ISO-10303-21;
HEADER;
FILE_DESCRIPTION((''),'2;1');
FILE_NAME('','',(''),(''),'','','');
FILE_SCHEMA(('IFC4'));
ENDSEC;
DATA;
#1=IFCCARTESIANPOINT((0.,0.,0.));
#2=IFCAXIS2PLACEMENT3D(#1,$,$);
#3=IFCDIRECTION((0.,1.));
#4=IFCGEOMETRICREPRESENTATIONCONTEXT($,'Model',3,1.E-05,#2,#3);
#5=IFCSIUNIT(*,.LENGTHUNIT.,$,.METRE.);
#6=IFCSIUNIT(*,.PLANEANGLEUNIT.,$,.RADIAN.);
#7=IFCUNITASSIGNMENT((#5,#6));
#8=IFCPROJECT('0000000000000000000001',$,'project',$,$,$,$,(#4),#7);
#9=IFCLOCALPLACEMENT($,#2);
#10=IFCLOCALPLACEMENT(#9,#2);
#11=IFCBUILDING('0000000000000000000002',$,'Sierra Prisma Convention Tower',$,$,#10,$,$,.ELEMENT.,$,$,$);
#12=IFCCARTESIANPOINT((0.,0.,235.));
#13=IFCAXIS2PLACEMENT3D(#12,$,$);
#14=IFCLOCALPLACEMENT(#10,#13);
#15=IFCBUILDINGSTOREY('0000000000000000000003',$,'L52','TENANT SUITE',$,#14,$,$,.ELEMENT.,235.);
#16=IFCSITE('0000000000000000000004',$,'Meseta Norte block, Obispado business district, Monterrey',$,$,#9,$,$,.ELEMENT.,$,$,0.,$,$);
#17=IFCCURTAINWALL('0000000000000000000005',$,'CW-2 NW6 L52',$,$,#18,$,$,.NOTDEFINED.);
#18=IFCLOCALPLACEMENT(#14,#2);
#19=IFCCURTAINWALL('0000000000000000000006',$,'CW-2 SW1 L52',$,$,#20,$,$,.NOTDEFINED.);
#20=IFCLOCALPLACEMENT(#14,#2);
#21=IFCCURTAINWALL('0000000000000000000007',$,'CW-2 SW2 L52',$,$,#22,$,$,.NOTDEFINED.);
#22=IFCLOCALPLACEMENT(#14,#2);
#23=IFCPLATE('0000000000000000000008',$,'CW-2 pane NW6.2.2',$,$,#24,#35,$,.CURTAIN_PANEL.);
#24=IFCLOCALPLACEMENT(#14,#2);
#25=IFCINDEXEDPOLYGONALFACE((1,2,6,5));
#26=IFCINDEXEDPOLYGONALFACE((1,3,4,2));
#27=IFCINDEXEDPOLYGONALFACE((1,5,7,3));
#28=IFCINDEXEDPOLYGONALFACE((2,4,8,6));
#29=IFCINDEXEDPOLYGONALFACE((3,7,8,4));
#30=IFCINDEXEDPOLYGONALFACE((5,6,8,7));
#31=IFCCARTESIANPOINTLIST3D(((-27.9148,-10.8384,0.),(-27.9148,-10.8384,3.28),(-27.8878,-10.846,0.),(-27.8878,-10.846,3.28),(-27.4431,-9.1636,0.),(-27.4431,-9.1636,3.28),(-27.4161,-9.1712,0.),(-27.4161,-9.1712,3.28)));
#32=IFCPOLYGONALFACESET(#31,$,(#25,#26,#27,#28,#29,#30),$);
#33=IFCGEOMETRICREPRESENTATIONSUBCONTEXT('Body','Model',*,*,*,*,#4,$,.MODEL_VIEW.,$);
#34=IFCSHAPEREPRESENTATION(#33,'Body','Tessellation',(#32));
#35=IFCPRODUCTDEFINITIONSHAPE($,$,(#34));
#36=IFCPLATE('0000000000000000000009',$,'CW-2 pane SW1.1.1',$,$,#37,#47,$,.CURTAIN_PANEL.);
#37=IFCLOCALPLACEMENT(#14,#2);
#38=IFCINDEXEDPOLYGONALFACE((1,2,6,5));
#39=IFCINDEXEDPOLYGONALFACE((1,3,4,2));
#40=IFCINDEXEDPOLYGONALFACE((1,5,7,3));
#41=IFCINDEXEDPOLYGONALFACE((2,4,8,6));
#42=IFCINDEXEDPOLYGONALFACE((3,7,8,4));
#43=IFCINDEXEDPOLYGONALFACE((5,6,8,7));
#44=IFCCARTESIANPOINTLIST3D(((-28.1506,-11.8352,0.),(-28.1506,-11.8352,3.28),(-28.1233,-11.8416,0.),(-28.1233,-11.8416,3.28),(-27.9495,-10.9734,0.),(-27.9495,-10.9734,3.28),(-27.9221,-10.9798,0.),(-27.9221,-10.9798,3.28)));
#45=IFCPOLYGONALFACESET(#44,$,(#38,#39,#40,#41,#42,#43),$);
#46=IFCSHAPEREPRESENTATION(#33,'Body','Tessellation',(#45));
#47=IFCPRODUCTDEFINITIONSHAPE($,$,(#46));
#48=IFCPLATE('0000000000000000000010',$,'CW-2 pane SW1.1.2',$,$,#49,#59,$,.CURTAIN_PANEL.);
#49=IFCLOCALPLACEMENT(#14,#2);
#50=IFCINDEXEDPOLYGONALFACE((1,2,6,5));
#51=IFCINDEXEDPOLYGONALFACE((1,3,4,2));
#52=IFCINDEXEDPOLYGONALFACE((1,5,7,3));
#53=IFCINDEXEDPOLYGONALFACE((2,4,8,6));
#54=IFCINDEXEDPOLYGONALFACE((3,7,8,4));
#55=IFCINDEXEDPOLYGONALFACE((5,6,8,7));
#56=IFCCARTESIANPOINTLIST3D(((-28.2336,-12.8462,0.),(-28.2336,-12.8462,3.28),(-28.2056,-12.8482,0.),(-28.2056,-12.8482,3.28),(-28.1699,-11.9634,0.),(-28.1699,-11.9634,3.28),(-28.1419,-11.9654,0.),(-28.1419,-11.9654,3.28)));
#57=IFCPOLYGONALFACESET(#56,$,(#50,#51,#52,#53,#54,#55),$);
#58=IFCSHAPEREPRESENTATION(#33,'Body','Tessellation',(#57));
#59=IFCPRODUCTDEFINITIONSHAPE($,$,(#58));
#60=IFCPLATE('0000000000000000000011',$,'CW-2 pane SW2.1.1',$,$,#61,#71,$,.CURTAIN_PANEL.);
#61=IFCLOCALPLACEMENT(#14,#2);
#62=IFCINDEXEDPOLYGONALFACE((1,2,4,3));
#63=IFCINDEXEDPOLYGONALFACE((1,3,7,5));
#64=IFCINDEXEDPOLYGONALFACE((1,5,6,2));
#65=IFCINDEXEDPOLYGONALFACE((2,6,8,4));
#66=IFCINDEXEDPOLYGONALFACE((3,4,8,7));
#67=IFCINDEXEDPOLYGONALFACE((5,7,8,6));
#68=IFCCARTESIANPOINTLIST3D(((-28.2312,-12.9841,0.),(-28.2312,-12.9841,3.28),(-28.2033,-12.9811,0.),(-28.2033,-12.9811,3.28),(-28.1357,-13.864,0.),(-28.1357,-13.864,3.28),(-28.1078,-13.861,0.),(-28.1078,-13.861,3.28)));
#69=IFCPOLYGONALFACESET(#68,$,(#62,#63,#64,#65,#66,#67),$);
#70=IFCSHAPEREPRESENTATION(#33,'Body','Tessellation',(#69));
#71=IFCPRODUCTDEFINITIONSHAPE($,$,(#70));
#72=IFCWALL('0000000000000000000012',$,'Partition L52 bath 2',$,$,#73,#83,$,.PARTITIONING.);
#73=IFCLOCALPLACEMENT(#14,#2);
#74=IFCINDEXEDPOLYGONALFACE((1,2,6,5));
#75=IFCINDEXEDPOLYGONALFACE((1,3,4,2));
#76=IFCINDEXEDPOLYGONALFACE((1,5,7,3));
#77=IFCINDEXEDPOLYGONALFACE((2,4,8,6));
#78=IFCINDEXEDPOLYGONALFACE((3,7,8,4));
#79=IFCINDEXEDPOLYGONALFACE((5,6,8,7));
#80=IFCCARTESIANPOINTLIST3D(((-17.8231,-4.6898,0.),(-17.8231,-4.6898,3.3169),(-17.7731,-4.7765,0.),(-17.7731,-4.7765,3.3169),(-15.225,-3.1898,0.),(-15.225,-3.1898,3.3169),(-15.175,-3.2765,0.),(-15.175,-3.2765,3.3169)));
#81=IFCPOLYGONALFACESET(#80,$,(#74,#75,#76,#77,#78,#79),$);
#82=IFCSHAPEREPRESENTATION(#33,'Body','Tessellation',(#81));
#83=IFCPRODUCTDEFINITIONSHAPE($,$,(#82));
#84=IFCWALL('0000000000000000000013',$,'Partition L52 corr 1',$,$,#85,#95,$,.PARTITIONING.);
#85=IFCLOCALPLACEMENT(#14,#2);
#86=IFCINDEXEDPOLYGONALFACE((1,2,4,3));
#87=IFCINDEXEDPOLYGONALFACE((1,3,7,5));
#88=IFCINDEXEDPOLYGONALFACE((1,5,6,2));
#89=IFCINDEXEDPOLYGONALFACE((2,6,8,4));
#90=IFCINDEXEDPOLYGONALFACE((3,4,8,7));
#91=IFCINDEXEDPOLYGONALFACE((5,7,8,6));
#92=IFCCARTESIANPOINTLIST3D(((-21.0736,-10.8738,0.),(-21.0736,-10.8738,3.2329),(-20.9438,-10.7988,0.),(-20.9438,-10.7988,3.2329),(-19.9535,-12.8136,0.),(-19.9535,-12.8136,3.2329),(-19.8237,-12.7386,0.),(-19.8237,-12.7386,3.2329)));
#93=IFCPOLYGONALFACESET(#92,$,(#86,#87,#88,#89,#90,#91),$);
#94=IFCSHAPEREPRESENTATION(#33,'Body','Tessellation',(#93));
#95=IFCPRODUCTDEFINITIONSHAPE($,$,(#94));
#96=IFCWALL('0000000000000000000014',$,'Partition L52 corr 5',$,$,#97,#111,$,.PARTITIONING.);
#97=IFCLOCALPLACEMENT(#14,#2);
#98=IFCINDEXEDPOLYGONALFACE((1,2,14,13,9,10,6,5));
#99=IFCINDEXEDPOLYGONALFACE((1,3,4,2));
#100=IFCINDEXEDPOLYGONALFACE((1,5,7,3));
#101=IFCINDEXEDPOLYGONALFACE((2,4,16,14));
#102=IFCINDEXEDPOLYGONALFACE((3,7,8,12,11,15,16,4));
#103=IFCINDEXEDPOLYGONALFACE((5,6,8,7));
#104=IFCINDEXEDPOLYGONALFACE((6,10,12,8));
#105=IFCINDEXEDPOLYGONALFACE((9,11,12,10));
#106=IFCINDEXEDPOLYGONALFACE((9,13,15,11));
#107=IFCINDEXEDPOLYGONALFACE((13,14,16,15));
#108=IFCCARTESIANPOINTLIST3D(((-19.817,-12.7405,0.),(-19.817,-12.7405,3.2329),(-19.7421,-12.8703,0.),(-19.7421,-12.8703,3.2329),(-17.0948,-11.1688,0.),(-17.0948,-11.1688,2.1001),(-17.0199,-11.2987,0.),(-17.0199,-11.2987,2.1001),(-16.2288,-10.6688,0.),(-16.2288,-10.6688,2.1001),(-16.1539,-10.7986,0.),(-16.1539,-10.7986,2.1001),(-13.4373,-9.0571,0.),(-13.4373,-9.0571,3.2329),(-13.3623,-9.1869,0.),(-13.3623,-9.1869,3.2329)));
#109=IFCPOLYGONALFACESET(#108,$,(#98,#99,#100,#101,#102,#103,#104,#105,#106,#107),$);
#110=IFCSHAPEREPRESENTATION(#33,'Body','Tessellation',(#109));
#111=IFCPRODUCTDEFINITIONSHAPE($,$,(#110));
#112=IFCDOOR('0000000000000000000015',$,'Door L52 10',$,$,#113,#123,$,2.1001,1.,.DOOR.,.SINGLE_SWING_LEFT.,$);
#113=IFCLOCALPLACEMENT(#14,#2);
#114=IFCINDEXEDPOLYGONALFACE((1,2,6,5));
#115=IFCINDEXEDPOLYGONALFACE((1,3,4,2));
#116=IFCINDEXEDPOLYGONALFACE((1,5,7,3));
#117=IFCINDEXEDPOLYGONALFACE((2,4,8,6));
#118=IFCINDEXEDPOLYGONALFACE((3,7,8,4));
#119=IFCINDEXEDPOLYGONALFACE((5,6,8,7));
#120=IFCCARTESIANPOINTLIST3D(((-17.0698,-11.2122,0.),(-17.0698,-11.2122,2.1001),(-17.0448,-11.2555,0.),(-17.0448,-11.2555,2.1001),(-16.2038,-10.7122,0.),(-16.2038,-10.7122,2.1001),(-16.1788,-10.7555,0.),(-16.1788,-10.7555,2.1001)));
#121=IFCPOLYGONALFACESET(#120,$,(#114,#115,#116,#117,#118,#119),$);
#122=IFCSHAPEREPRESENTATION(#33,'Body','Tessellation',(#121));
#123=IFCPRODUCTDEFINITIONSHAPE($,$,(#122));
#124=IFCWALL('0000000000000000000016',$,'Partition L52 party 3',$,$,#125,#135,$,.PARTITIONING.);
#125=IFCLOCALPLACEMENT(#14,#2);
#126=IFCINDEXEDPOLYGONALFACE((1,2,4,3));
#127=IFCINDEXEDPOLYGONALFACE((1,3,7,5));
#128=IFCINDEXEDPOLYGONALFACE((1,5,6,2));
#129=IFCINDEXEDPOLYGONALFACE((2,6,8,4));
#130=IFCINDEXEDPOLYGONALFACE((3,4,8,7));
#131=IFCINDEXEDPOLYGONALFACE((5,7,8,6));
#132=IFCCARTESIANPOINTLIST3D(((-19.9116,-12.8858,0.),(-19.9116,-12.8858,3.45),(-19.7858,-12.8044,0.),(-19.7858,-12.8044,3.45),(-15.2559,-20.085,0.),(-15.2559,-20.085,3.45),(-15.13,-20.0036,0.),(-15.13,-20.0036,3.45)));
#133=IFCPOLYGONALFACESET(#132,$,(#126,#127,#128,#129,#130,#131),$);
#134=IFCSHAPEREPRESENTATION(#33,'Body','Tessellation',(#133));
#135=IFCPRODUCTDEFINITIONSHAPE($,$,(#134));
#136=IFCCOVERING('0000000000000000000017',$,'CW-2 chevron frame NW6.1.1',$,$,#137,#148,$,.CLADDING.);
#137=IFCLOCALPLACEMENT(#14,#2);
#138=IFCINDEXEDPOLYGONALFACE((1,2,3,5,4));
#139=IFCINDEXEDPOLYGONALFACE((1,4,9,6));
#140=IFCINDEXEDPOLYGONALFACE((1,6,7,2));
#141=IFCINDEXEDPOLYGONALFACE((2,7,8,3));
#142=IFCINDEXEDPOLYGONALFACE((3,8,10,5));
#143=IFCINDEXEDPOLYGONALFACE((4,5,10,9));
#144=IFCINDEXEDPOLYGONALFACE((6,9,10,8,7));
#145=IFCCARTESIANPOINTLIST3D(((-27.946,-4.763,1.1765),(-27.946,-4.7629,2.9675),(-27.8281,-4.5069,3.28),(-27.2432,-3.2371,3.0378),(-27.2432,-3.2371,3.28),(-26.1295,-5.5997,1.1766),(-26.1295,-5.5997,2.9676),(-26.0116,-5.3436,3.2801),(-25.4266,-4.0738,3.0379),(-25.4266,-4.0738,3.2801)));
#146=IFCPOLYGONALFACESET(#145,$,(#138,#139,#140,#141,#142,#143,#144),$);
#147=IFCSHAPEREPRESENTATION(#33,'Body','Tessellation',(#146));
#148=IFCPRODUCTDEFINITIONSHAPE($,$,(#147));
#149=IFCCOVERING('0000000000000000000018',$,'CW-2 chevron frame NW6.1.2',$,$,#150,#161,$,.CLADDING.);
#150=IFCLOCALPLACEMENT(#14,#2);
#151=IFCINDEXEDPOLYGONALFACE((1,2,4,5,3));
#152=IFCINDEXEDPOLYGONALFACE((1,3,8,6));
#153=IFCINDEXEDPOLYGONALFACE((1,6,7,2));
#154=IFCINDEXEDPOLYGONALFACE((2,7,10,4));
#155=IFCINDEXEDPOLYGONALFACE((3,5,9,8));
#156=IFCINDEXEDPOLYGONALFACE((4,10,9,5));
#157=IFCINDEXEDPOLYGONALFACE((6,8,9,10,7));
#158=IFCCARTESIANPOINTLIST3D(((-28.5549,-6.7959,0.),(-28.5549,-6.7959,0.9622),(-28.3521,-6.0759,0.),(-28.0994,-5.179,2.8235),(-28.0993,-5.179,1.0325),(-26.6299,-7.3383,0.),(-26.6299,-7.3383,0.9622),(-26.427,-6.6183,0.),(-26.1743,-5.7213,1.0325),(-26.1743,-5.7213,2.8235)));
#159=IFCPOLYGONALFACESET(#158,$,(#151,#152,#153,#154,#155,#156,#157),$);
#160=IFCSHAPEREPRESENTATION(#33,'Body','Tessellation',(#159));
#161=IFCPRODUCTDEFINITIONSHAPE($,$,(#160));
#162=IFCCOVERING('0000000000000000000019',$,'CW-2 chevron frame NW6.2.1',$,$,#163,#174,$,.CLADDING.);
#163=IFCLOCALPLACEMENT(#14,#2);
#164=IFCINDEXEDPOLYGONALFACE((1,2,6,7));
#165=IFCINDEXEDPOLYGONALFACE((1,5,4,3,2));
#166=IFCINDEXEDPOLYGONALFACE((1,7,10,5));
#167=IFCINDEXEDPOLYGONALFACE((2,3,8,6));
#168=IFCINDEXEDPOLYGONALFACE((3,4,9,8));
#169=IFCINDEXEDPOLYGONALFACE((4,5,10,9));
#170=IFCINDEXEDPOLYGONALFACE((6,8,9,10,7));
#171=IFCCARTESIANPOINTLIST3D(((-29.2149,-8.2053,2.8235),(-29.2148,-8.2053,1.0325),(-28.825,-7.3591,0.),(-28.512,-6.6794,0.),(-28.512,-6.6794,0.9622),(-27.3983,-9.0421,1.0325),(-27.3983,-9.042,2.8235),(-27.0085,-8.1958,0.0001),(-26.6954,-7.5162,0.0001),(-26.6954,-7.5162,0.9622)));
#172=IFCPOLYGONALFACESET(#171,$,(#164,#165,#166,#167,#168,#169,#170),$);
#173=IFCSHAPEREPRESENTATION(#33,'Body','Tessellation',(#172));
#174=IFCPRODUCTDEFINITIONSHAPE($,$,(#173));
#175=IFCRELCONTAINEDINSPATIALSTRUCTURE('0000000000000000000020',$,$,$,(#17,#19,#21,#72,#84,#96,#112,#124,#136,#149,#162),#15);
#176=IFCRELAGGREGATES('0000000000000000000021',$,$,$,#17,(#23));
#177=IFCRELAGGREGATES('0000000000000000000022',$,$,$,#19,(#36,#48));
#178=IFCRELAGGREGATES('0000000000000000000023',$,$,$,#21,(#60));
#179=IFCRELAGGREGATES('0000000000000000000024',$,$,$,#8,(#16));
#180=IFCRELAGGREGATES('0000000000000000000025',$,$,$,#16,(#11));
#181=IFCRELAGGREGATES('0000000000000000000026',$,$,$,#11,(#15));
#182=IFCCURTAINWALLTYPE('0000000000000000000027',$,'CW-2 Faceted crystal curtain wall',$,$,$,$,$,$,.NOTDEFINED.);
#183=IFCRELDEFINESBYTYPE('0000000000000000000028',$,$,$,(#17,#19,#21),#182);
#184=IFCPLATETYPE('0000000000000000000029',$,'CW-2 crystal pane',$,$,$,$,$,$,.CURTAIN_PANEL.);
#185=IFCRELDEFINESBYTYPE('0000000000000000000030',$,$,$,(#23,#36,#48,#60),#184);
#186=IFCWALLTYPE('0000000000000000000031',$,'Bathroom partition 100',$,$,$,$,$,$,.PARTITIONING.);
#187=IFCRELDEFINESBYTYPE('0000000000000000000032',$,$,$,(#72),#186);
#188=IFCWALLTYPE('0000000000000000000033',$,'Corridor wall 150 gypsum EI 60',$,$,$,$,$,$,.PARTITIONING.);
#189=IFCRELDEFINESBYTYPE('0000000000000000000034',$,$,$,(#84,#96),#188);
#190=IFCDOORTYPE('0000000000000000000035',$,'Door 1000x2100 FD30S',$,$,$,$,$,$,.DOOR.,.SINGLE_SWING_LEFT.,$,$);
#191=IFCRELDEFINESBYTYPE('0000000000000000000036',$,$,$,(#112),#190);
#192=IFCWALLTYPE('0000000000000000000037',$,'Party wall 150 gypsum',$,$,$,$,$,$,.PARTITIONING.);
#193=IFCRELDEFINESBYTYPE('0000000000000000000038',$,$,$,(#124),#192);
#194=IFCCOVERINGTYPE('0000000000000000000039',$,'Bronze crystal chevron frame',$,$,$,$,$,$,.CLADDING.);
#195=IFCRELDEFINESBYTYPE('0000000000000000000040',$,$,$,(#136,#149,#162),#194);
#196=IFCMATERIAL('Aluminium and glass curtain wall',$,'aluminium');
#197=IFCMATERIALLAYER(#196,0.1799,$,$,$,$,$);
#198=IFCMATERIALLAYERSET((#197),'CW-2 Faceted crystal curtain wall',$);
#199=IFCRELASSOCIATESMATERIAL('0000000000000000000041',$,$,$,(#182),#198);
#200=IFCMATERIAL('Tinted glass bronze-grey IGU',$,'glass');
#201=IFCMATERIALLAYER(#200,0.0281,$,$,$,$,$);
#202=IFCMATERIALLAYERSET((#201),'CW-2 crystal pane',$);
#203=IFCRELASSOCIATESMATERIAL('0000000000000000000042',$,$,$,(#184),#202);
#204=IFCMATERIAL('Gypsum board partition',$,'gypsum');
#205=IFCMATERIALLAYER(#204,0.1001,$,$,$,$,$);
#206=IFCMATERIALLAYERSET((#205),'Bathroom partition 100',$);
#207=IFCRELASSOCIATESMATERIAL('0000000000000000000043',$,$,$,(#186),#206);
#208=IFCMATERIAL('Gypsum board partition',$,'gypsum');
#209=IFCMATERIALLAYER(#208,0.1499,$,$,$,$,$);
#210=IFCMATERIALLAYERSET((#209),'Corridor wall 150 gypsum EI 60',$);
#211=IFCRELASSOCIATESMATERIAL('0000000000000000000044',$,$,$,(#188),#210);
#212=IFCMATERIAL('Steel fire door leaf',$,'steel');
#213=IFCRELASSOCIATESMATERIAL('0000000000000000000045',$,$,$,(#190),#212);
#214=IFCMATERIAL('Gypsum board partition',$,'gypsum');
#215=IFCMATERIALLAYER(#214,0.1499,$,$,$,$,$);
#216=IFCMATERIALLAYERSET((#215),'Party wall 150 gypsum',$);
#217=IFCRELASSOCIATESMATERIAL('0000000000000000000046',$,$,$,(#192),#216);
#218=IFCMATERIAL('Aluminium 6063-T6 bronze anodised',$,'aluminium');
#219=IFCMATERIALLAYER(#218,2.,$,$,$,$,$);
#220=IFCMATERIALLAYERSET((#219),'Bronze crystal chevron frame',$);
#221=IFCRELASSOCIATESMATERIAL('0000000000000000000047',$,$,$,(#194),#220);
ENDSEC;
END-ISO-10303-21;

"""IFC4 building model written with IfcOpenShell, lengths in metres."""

from ifc_helpers import new_model, si_unit, direction, frame, frame_2d, origin, place, context, subcontext, project, spatial, polyline, rectangle, outline, extrude, material, layer, layer_set, type_object, element, fill, aggregate, save


model = new_model("IFC4")

# Units and contexts
model_context = context("Model", 3, precision=1e-05, world=origin(), true_north=direction((0.0, 1.0)))
body_context = subcontext(model_context, "Body", "Model", "MODEL_VIEW")
ifc_project = project(units=[si_unit("LENGTHUNIT", "METRE"), si_unit("PLANEANGLEUNIT", "RADIAN")], contexts=[model_context])

# Site, building, storey
site_placement = place(None, origin())
site = spatial("IfcSite", under=ifc_project, at=site_placement, Name="Meseta Norte block, Obispado business district, Monterrey", CompositionType="ELEMENT", RefElevation=0.0)
building_placement = place(site_placement, origin())
building = spatial("IfcBuilding", under=site, at=building_placement, Name="Sierra Prisma Convention Tower", CompositionType="ELEMENT")
storey_placement = place(building_placement, frame((0.0, 0.0, 235.0)))
storey = spatial("IfcBuildingStorey", under=building, at=storey_placement, Name="L52", Description="TENANT SUITE", CompositionType="ELEMENT", Elevation=235.0)

# Curtain wall
ifc_material_1 = material(Name="Aluminium and glass curtain wall", Category="aluminium")
ifc_layer_1 = layer(ifc_material_1, 0.1799)
ifc_layer_set_1 = layer_set([ifc_layer_1], Name="CW-2 Faceted crystal curtain wall")
curtain_wall_type = type_object("IfcCurtainWallType", Name="CW-2 Faceted crystal curtain wall", PredefinedType="NOTDEFINED", material=ifc_layer_set_1)
curtain_wall_1_placement = place(storey_placement, origin())
curtain_wall_1 = element("IfcCurtainWall", 1, at=curtain_wall_1_placement, inside=storey, type_object=curtain_wall_type, Name="CW-2 NW6 L52", PredefinedType="NOTDEFINED")

# Curtain walls
curtain_wall_2_placement = place(storey_placement, origin())
curtain_wall_2 = element("IfcCurtainWall", 2, at=curtain_wall_2_placement, inside=storey, type_object=curtain_wall_type, Name="CW-2 SW1 L52", PredefinedType="NOTDEFINED")
curtain_wall_3_placement = place(storey_placement, origin())
curtain_wall_3 = element("IfcCurtainWall", 3, at=curtain_wall_3_placement, inside=storey, type_object=curtain_wall_type, Name="CW-2 SW2 L52", PredefinedType="NOTDEFINED")

# Plates
ifc_material_2 = material(Name="Tinted glass bronze-grey IGU", Category="glass")
ifc_layer_2 = layer(ifc_material_2, 0.0281)
ifc_layer_set_2 = layer_set([ifc_layer_2], Name="CW-2 crystal pane")
plate_type = type_object("IfcPlateType", Name="CW-2 crystal pane", PredefinedType="CURTAIN_PANEL", material=ifc_layer_set_2)
plate_1_placement = place(storey_placement, frame((-27.9148, -10.8384, 0.0), z_axis=(-0.962555, 0.271087, 0.0), x_axis=(0.271087, 0.962555, 0.0)))
plate_1 = element("IfcPlate", 4, at=plate_1_placement, type_object=plate_type, Name="CW-2 pane NW6.2.2", PredefinedType="CURTAIN_PANEL", context=body_context, shape_type="SweptSolid", body=[
    extrude(outline(polyline([(0.0, 0.0), (1.74, 0.0), (1.74, -3.28), (0.0, -3.28), (0.0, 0.0)])), origin(), (0.0, 0.0, -1.0), 0.0281),
])
aggregate(curtain_wall_1, [plate_1])
plate_2_placement = place(storey_placement, frame((-27.9495, -10.9734, 0.0), z_axis=(-0.973821, 0.227317, 0.0), x_axis=(-0.227317, -0.973821, 0.0)))
plate_2 = element("IfcPlate", 5, at=plate_2_placement, type_object=plate_type, Name="CW-2 pane SW1.1.1", PredefinedType="CURTAIN_PANEL", context=body_context, shape_type="SweptSolid", body=[
    extrude(outline(polyline([(0.0, 0.0), (0.885, 0.0), (0.885, 3.28), (0.0, 3.28), (0.0, 0.0)])), origin(), (0.0, 0.0, -1.0), 0.0281),
])
plate_3_placement = place(storey_placement, frame((-28.2336, -12.8462, 0.0), z_axis=(-0.997405, 0.071992, 0.0), x_axis=(0.071992, 0.997405, 0.0)))
plate_3 = element("IfcPlate", 6, at=plate_3_placement, type_object=plate_type, Name="CW-2 pane SW1.1.2", PredefinedType="CURTAIN_PANEL", context=body_context, shape_type="SweptSolid", body=[
    extrude(outline(polyline([(0.0, 0.0), (0.8851, 0.0), (0.8851, -3.28), (0.0, -3.28), (0.0, 0.0)])), origin(), (0.0, 0.0, -1.0), 0.0281),
])
aggregate(curtain_wall_2, [plate_2, plate_3])
plate_4_placement = place(storey_placement, frame((-28.2312, -12.9841, 0.0), z_axis=(-0.994166, -0.107858, 0.0), x_axis=(0.107858, -0.994166, 0.0)))
plate_4 = element("IfcPlate", 7, at=plate_4_placement, type_object=plate_type, Name="CW-2 pane SW2.1.1", PredefinedType="CURTAIN_PANEL", context=body_context, shape_type="SweptSolid", body=[
    extrude(outline(polyline([(0.0, 0.0), (0.885, 0.0), (0.885, 3.28), (0.0, 3.28), (0.0, 0.0)])), origin(), (0.0, 0.0, -1.0), 0.0281),
])
aggregate(curtain_wall_3, [plate_4])

# Walls
ifc_material_3 = material(Name="Gypsum board partition", Category="gypsum")
ifc_layer_3 = layer(ifc_material_3, 0.1001)
ifc_layer_set_3 = layer_set([ifc_layer_3], Name="Bathroom partition 100")
wall_type_1 = type_object("IfcWallType", Name="Bathroom partition 100", PredefinedType="PARTITIONING", material=ifc_layer_set_3)
wall_1_placement = place(storey_placement, frame((-17.7981, -4.7332, 0.0), z_axis=(0.0, 0.0, 1.0), x_axis=(0.866031, 0.49999, 0.0)))
element("IfcWall", 8, at=wall_1_placement, inside=storey, type_object=wall_type_1, Name="Partition L52 bath 2", PredefinedType="PARTITIONING", context=body_context, shape_type="SweptSolid", body=[
    extrude(rectangle(XDim=3.0, YDim=0.1001, at=frame_2d((1.5, 0.0))), origin(), (0.0, 0.0, 1.0), 3.3169),
])
ifc_material_4 = material(Name="Gypsum board partition", Category="gypsum")
ifc_layer_4 = layer(ifc_material_4, 0.1499)
ifc_layer_set_4 = layer_set([ifc_layer_4], Name="Corridor wall 150 gypsum EI 60")
wall_type_2 = type_object("IfcWallType", Name="Corridor wall 150 gypsum EI 60", PredefinedType="PARTITIONING", material=ifc_layer_set_4)
wall_2_placement = place(storey_placement, frame((-21.0088, -10.8362, 0.0), z_axis=(0.0, 0.0, 1.0), x_axis=(0.500078, -0.86598, 0.0)))
element("IfcWall", 9, at=wall_2_placement, inside=storey, type_object=wall_type_2, Name="Partition L52 corr 1", PredefinedType="PARTITIONING", context=body_context, shape_type="SweptSolid", body=[
    extrude(rectangle(XDim=2.24, YDim=0.1499, at=frame_2d((1.1201, 0.0))), origin(), (0.0, 0.0, 1.0), 3.2329),
])

# Wall, opening, door
wall_3_placement = place(storey_placement, frame((-19.7795, -12.8054, 0.0), z_axis=(0.0, 0.0, 1.0), x_axis=(0.866022, 0.500006, 0.0)))
wall_3 = element("IfcWall", 10, at=wall_3_placement, inside=storey, type_object=wall_type_2, Name="Partition L52 corr 5", PredefinedType="PARTITIONING", context=body_context, shape_type="SweptSolid", body=[
    extrude(rectangle(XDim=7.3667, YDim=0.1499, at=frame_2d((3.6833, 0.0))), origin(), (0.0, 0.0, 1.0), 3.2329),
])
opening_placement = place(wall_3_placement, frame((3.1433, 0.0, 0.0)))
opening = element("IfcOpeningElement", 11, at=opening_placement, cuts=wall_3, PredefinedType="OPENING", context=body_context, shape_type="SweptSolid", body=[
    extrude(rectangle(XDim=1.0, YDim=2.1001, at=frame_2d((0.5, 1.05))), frame((0.0, 0.075, 0.0), z_axis=(0.0, -1.0, 0.0), x_axis=(1.0, 0.0, 0.0)), (0.0, 0.0, 1.0), 0.1499),
])
ifc_material_5 = material(Name="Steel fire door leaf", Category="steel")
door_type = type_object("IfcDoorType", Name="Door 1000x2100 FD30S", OperationType="SINGLE_SWING_LEFT", PredefinedType="DOOR", material=ifc_material_5)
door_placement = place(opening_placement, origin())
door = element("IfcDoor", 12, at=door_placement, inside=storey, type_object=door_type, Name="Door L52 10", OperationType="SINGLE_SWING_LEFT", OverallHeight=2.1001, OverallWidth=1.0, PredefinedType="DOOR", context=body_context, shape_type="SweptSolid", body=[
    extrude(rectangle(XDim=1.0, YDim=2.1001, at=frame_2d((0.5, 1.05))), frame((0.0, 0.0249, 0.0), z_axis=(0.0, -1.0, 0.0), x_axis=(1.0, 0.0, 0.0)), (0.0, 0.0, 1.0), 0.05),
])
fill(opening, door)

# Wall
ifc_material_6 = material(Name="Gypsum board partition", Category="gypsum")
ifc_layer_5 = layer(ifc_material_6, 0.1499)
ifc_layer_set_5 = layer_set([ifc_layer_5], Name="Party wall 150 gypsum")
wall_type_3 = type_object("IfcWallType", Name="Party wall 150 gypsum", PredefinedType="PARTITIONING", material=ifc_layer_set_5)
wall_4_placement = place(storey_placement, frame((-19.8486, -12.8452, 0.0), z_axis=(0.0, 0.0, 1.0), x_axis=(0.543041, -0.839706, 0.0)))
element("IfcWall", 13, at=wall_4_placement, inside=storey, type_object=wall_type_3, Name="Partition L52 party 3", PredefinedType="PARTITIONING", context=body_context, shape_type="SweptSolid", body=[
    extrude(rectangle(XDim=8.5735, YDim=0.1499, at=frame_2d((4.2866, 0.0))), origin(), (0.0, 0.0, 1.0), 3.45),
])

# Coverings
ifc_material_7 = material(Name="Aluminium 6063-T6 bronze anodised", Category="aluminium")
ifc_layer_6 = layer(ifc_material_7, 2.0)
ifc_layer_set_6 = layer_set([ifc_layer_6], Name="Bronze crystal chevron frame")
covering_type = type_object("IfcCoveringType", Name="Bronze crystal chevron frame", PredefinedType="CLADDING", material=ifc_layer_set_6)
covering_1_placement = place(storey_placement, frame((-27.2432, -3.2371, 3.28), z_axis=(-0.908268, 0.418389, -0.00002), x_axis=(0.000019, -0.000009, -1.0)))
element("IfcCovering", 14, at=covering_1_placement, inside=storey, type_object=covering_type, Name="CW-2 chevron frame NW6.1.1", PredefinedType="CLADDING", context=body_context, shape_type="SweptSolid", body=[
    extrude(outline(polyline([(0.0, 0.0), (0.2422, 0.0), (2.1035, 1.68), (0.3125, 1.68), (0.0, 1.398), (0.0, 0.0)])), origin(), (0.0, 0.0, -1.0), 2.0),
])
covering_2_placement = place(storey_placement, frame((-28.0994, -5.179, 2.8235), z_axis=(-0.962525, 0.271193, -0.00001), x_axis=(0.000009, -0.000003, -1.0)))
element("IfcCovering", 15, at=covering_2_placement, inside=storey, type_object=covering_type, Name="CW-2 chevron frame NW6.1.2", PredefinedType="CLADDING", context=body_context, shape_type="SweptSolid", body=[
    extrude(outline(polyline([(0.0, 0.0), (1.791, 0.0), (2.8235, 0.9319), (2.8235, 1.6799), (1.8613, 1.6799), (0.0, 0.0)])), origin(), (0.0, 0.0, -1.0), 2.0),
])
covering_3_placement = place(storey_placement, frame((-28.512, -6.6794, 0.0), z_axis=(-0.908277, 0.418369, -0.000029), x_axis=(-0.418369, -0.908277, 0.0)))
element("IfcCovering", 16, at=covering_3_placement, inside=storey, type_object=covering_type, Name="CW-2 chevron frame NW6.2.1", PredefinedType="CLADDING", context=body_context, shape_type="SweptSolid", body=[
    extrude(outline(polyline([(0.0, 0.0), (0.7483, 0.0), (1.68, 1.0325), (1.68, 2.8235), (0.0, 0.9622), (0.0, 0.0)])), origin(), (0.0, 0.0, -1.0), 2.0),
])

save(model, "model.ifc")
